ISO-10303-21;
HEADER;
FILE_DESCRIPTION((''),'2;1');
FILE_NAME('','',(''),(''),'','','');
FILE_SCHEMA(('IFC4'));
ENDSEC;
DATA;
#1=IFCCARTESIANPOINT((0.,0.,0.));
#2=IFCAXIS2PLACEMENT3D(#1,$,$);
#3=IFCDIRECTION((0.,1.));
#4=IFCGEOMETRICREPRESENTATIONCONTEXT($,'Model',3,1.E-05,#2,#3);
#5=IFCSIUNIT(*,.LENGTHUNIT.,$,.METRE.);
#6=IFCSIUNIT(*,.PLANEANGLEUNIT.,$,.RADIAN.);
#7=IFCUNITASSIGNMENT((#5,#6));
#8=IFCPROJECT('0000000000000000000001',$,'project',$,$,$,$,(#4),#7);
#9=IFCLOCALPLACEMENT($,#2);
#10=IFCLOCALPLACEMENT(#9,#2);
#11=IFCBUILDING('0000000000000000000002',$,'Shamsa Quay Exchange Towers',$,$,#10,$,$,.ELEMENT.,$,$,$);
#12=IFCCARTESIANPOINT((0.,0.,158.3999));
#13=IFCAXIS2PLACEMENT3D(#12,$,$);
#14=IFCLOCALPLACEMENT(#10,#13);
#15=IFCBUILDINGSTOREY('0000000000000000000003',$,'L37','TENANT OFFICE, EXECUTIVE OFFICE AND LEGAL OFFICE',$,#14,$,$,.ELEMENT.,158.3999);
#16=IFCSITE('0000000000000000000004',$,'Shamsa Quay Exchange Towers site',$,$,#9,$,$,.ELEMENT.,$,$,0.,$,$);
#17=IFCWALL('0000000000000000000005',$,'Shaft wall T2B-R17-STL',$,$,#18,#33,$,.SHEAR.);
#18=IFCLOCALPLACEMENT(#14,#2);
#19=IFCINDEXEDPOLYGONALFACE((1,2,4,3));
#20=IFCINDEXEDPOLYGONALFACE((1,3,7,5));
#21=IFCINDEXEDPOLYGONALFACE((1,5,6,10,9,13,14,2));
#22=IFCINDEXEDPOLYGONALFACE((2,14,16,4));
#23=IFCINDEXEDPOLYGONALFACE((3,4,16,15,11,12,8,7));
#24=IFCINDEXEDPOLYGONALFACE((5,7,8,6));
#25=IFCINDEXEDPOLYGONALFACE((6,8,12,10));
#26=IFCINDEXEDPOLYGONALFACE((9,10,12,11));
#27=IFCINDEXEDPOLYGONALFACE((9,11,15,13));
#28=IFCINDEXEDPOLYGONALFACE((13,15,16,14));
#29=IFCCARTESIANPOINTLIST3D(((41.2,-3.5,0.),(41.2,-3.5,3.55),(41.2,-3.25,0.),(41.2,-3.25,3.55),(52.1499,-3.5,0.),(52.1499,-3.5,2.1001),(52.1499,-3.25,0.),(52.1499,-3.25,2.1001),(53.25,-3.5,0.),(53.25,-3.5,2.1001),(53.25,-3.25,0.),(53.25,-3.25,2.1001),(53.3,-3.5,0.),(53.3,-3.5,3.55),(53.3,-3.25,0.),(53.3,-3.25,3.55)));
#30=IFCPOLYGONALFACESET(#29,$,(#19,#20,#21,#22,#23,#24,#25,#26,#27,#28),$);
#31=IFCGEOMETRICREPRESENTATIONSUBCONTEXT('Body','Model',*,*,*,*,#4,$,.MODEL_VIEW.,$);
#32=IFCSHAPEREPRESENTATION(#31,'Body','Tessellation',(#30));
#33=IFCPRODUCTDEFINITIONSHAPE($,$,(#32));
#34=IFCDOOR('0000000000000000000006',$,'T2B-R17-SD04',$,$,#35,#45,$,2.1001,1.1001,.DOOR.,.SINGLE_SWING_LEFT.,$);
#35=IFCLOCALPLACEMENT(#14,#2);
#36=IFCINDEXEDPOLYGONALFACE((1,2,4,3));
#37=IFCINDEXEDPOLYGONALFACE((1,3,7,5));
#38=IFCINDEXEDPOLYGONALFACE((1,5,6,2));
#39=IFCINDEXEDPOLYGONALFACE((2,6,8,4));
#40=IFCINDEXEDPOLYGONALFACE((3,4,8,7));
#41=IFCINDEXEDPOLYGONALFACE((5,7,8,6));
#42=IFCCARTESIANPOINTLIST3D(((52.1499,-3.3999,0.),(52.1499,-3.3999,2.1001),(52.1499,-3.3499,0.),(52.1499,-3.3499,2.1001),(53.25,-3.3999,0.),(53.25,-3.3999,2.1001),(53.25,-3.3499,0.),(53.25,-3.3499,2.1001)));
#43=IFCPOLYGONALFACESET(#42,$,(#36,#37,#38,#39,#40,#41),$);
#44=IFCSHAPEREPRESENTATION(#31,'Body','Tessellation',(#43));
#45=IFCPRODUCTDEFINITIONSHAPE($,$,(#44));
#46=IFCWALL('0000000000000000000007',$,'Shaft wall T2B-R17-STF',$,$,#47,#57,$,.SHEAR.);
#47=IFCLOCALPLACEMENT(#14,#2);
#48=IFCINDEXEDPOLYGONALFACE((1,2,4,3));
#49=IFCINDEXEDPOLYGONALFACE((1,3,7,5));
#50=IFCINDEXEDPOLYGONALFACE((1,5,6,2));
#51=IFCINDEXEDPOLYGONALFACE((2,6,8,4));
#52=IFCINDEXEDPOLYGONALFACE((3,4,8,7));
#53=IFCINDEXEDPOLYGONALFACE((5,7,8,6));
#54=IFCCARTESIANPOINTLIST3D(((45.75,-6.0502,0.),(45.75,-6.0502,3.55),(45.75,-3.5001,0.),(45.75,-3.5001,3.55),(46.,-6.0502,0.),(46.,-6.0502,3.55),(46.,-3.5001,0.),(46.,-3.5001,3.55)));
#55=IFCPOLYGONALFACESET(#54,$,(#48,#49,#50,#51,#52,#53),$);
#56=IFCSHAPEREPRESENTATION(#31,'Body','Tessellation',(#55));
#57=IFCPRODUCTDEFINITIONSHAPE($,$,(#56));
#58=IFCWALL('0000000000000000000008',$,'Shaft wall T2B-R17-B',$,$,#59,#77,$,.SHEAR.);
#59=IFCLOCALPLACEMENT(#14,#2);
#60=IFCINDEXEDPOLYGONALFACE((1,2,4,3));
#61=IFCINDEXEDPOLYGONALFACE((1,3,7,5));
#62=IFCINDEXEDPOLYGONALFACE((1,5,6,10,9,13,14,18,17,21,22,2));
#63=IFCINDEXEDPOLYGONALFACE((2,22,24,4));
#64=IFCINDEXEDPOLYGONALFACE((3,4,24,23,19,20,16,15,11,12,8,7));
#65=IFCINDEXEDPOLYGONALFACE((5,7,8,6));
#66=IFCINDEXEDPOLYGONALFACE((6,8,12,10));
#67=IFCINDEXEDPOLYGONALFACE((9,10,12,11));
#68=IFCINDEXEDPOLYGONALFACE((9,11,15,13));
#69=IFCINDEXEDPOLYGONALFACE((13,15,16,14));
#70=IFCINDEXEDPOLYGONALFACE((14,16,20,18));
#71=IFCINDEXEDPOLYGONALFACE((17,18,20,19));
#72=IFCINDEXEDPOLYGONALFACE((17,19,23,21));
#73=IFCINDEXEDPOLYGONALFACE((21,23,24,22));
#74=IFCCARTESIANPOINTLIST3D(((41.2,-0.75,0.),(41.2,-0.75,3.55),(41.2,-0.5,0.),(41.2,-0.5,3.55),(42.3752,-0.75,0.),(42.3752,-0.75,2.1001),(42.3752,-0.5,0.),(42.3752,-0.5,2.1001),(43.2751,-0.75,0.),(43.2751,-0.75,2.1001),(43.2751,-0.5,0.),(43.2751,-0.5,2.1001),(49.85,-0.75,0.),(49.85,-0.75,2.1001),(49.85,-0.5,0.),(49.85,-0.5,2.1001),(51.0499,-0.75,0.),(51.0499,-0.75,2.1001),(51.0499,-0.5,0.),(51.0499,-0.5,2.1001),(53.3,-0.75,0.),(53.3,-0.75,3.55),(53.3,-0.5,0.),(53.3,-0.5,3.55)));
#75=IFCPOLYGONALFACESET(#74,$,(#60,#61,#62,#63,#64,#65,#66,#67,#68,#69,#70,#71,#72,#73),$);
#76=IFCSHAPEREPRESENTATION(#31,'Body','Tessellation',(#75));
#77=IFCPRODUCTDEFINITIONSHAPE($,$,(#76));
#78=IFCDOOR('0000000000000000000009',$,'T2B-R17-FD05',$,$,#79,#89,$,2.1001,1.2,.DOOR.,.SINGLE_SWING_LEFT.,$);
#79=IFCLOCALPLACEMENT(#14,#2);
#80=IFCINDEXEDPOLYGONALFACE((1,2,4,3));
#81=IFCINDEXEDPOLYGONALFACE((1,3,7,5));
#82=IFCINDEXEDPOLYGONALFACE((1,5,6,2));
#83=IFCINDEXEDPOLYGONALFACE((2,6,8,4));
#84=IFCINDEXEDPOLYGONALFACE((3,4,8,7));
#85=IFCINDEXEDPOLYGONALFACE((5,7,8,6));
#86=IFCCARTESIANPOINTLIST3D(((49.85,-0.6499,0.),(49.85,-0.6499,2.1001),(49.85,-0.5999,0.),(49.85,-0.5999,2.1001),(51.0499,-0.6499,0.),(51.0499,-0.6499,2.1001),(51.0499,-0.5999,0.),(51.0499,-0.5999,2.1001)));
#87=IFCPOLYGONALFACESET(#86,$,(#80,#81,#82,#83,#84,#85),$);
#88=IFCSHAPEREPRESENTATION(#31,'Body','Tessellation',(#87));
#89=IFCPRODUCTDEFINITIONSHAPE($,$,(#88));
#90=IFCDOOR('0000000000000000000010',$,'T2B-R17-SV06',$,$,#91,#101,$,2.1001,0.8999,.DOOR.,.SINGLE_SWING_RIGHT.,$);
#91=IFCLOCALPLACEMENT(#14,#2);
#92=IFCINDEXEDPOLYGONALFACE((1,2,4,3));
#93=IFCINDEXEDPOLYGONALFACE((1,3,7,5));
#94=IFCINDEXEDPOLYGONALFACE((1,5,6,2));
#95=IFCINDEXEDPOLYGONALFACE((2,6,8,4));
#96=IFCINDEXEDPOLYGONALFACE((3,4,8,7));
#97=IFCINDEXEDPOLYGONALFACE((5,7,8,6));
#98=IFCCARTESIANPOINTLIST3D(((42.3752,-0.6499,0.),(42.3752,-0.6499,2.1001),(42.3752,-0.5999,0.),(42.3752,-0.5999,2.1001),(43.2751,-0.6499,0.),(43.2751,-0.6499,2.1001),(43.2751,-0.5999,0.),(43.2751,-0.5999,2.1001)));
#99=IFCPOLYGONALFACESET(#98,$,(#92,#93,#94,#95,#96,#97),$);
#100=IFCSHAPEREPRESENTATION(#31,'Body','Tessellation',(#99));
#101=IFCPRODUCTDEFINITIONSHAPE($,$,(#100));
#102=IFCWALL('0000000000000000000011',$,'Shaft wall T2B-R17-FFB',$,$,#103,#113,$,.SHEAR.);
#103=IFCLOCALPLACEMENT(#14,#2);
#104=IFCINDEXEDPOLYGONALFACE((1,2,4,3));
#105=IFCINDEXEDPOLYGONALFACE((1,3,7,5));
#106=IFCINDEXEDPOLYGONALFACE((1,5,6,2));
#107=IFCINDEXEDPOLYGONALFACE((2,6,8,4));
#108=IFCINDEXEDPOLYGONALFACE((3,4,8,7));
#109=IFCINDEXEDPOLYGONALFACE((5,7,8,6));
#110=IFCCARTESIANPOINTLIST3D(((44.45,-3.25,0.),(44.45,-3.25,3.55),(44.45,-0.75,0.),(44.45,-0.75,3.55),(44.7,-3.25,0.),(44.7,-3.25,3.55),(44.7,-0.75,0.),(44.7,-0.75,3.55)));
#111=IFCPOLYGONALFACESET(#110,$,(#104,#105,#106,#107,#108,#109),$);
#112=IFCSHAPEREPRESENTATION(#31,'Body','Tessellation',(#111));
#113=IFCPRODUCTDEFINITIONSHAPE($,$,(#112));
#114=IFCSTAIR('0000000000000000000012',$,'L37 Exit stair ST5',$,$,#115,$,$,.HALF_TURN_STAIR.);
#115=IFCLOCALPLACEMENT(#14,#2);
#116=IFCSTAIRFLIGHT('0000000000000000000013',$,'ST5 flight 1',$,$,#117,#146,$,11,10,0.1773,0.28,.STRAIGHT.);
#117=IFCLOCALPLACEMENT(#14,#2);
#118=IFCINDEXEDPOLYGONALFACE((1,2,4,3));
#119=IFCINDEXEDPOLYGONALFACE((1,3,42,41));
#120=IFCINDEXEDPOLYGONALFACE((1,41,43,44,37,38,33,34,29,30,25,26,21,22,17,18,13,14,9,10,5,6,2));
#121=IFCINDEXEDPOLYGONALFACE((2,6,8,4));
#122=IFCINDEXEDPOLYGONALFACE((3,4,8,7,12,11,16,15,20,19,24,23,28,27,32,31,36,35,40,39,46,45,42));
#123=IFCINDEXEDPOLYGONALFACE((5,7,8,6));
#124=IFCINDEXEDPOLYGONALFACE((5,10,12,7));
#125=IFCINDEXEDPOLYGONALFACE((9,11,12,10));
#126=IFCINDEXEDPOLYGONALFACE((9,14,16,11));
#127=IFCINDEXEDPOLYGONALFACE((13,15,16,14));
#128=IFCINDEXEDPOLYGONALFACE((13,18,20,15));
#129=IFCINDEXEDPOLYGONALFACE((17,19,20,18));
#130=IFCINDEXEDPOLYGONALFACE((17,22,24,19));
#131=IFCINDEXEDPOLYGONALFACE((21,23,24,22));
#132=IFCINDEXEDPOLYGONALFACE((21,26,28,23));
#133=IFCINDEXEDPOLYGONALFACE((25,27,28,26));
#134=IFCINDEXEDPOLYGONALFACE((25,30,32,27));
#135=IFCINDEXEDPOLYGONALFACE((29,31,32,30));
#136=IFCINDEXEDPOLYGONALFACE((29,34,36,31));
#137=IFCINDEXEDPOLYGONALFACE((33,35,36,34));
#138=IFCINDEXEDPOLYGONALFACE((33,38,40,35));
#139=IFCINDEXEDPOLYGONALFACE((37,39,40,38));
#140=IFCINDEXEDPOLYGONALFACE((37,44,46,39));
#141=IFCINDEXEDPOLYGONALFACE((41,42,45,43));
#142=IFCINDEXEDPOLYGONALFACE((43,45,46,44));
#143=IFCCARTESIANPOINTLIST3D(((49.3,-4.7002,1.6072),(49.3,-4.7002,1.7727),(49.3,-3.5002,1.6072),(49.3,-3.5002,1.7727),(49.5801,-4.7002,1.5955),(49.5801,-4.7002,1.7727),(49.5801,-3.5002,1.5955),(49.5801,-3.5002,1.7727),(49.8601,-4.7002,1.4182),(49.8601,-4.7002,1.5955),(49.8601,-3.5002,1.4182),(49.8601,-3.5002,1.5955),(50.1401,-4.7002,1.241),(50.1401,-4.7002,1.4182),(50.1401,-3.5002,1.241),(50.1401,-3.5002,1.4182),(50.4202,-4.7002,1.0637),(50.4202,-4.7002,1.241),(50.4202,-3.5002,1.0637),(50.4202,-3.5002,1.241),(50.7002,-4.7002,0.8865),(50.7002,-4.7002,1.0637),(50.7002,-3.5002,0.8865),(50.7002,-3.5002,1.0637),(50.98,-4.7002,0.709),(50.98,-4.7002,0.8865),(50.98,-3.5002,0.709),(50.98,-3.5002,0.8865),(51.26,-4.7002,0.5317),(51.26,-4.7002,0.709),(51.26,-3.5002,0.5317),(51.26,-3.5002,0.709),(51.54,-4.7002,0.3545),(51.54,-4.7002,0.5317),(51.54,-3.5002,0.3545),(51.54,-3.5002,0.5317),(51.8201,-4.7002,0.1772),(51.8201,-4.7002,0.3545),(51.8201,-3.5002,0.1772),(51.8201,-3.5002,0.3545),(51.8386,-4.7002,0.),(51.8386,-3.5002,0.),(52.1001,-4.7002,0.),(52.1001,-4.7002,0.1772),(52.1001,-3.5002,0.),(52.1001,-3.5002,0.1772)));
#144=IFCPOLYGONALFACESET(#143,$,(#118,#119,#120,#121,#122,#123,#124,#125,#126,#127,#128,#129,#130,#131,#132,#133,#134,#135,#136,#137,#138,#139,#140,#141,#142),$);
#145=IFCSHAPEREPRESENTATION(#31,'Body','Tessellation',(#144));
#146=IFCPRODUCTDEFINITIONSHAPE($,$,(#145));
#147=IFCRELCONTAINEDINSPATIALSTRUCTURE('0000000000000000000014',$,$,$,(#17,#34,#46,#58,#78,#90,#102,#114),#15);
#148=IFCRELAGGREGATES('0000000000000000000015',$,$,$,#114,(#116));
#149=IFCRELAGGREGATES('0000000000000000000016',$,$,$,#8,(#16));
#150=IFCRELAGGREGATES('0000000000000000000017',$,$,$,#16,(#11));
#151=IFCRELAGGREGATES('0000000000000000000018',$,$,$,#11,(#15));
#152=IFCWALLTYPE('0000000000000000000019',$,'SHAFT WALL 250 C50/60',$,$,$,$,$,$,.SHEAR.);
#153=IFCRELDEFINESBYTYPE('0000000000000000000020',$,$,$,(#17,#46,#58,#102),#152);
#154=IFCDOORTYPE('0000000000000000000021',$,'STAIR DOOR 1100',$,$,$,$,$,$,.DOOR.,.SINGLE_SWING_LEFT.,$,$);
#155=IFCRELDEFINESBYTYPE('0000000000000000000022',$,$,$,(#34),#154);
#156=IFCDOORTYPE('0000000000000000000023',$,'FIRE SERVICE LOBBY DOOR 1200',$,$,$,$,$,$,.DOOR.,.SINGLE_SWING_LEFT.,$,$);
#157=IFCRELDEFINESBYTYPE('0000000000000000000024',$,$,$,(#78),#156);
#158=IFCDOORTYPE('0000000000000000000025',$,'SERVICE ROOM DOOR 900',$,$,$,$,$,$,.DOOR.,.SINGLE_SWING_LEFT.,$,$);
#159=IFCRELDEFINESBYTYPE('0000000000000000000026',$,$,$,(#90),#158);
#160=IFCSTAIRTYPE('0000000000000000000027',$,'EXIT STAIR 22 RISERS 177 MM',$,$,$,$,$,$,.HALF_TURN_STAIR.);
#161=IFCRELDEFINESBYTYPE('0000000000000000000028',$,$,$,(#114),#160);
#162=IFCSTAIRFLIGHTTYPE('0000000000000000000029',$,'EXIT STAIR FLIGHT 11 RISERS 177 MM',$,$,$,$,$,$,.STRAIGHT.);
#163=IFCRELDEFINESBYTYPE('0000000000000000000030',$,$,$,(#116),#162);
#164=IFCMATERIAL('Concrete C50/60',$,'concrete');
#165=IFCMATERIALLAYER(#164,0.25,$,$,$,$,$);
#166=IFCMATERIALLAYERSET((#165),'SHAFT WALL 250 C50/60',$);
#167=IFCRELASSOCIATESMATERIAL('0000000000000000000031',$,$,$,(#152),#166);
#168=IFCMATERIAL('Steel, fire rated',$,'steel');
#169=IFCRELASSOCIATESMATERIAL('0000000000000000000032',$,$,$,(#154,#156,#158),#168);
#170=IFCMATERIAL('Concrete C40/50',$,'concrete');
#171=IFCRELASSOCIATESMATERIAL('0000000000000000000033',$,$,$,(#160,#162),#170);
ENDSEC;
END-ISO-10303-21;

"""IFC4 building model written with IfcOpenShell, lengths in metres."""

from ifc_helpers import new_model, si_unit, direction, frame, frame_2d, origin, place, context, subcontext, project, spatial, polyline, rectangle, outline, extrude, material, layer, layer_set, type_object, element, fill, aggregate, save


model = new_model("IFC4")

# Units and contexts
model_context = context("Model", 3, precision=1e-05, world=origin(), true_north=direction((0.0, 1.0)))
body_context = subcontext(model_context, "Body", "Model", "MODEL_VIEW")
ifc_project = project(units=[si_unit("LENGTHUNIT", "METRE"), si_unit("PLANEANGLEUNIT", "RADIAN")], contexts=[model_context])

# Site, building, storey
site_placement = place(None, origin())
site = spatial("IfcSite", under=ifc_project, at=site_placement, Name="Shamsa Quay Exchange Towers site", CompositionType="ELEMENT", RefElevation=0.0)
building_placement = place(site_placement, origin())
building = spatial("IfcBuilding", under=site, at=building_placement, Name="Shamsa Quay Exchange Towers", CompositionType="ELEMENT")
storey_placement = place(building_placement, frame((0.0, 0.0, 158.3999)))
storey = spatial("IfcBuildingStorey", under=building, at=storey_placement, Name="L37", Description="TENANT OFFICE, EXECUTIVE OFFICE AND LEGAL OFFICE", CompositionType="ELEMENT", Elevation=158.3999)

# Wall, opening, door
ifc_material_1 = material(Name="Steel, fire rated", Category="steel")
ifc_material_2 = material(Name="Concrete C50/60", Category="concrete")
ifc_layer_1 = layer(ifc_material_2, 0.25)
ifc_layer_set_1 = layer_set([ifc_layer_1], Name="SHAFT WALL 250 C50/60")
wall_type_1 = type_object("IfcWallType", Name="SHAFT WALL 250 C50/60", PredefinedType="SHEAR", material=ifc_layer_set_1)
wall_1_placement = place(storey_placement, frame((53.3, -3.375, 0.0), z_axis=(0.0, 0.0, 1.0), x_axis=(-1.0, 0.0, 0.0)))
wall_1 = element("IfcWall", 1, at=wall_1_placement, inside=storey, type_object=wall_type_1, Name="Shaft wall T2B-R17-STL", PredefinedType="SHEAR", context=body_context, shape_type="SweptSolid", body=[
    extrude(rectangle(XDim=12.1001, YDim=0.25, at=frame_2d((6.05, 0.0))), origin(), (0.0, 0.0, 1.0), 3.55),
])
opening_1_placement = place(wall_1_placement, frame((0.05, 0.0, 0.0)))
opening_1 = element("IfcOpeningElement", 2, at=opening_1_placement, cuts=wall_1, PredefinedType="OPENING", context=body_context, shape_type="SweptSolid", body=[
    extrude(rectangle(XDim=1.1001, YDim=2.1001, at=frame_2d((0.55, 1.05))), frame((0.0, 0.135, 0.0), z_axis=(0.0, -1.0, 0.0), x_axis=(1.0, 0.0, 0.0)), (0.0, 0.0, 1.0), 0.27),
])
door_type_1 = type_object("IfcDoorType", Name="STAIR DOOR 1100", OperationType="SINGLE_SWING_LEFT", PredefinedType="DOOR", material=ifc_material_1)
door_1_placement = place(opening_1_placement, origin())
door_1 = element("IfcDoor", 3, at=door_1_placement, inside=storey, type_object=door_type_1, Name="T2B-R17-SD04", OperationType="SINGLE_SWING_LEFT", OverallHeight=2.1001, OverallWidth=1.1001, PredefinedType="DOOR", context=body_context, shape_type="SweptSolid", body=[
    extrude(rectangle(XDim=1.1001, YDim=2.1001, at=frame_2d((0.55, 1.05))), frame((0.0, 0.0249, 0.0), z_axis=(0.0, -1.0, 0.0), x_axis=(1.0, 0.0, 0.0)), (0.0, 0.0, 1.0), 0.05),
])
fill(opening_1, door_1)

# Wall
wall_2_placement = place(storey_placement, frame((45.875, -6.05, 0.0), z_axis=(0.0, 0.0, 1.0), x_axis=(0.0, 1.0, 0.0)))
element("IfcWall", 4, at=wall_2_placement, inside=storey, type_object=wall_type_1, Name="Shaft wall T2B-R17-STF", PredefinedType="SHEAR", context=body_context, shape_type="SweptSolid", body=[
    extrude(rectangle(XDim=2.55, YDim=0.25, at=frame_2d((1.2749, 0.0))), origin(), (0.0, 0.0, 1.0), 3.55),
])

# Wall, openings, doors
wall_3_placement = place(storey_placement, frame((53.3, -0.625, 0.0), z_axis=(0.0, 0.0, 1.0), x_axis=(-1.0, 0.0, 0.0)))
wall_3 = element("IfcWall", 5, at=wall_3_placement, inside=storey, type_object=wall_type_1, Name="Shaft wall T2B-R17-B", PredefinedType="SHEAR", context=body_context, shape_type="SweptSolid", body=[
    extrude(rectangle(XDim=12.1001, YDim=0.25, at=frame_2d((6.05, 0.0))), origin(), (0.0, 0.0, 1.0), 3.55),
])
opening_2_placement = place(wall_3_placement, frame((2.25, 0.0, 0.0)))
opening_2 = element("IfcOpeningElement", 6, at=opening_2_placement, cuts=wall_3, PredefinedType="OPENING", context=body_context, shape_type="SweptSolid", body=[
    extrude(rectangle(XDim=1.2, YDim=2.1001, at=frame_2d((0.6001, 1.05))), frame((0.0, 0.135, 0.0), z_axis=(0.0, -1.0, 0.0), x_axis=(1.0, 0.0, 0.0)), (0.0, 0.0, 1.0), 0.27),
])
opening_3_placement = place(wall_3_placement, frame((10.0249, 0.0, 0.0)))
opening_3 = element("IfcOpeningElement", 7, at=opening_3_placement, cuts=wall_3, PredefinedType="OPENING", context=body_context, shape_type="SweptSolid", body=[
    extrude(rectangle(XDim=0.8999, YDim=2.1001, at=frame_2d((0.45, 1.05))), frame((0.0, 0.135, 0.0), z_axis=(0.0, -1.0, 0.0), x_axis=(1.0, 0.0, 0.0)), (0.0, 0.0, 1.0), 0.27),
])
door_type_2 = type_object("IfcDoorType", Name="FIRE SERVICE LOBBY DOOR 1200", OperationType="SINGLE_SWING_LEFT", PredefinedType="DOOR", material=ifc_material_1)
door_2_placement = place(opening_2_placement, origin())
door_2 = element("IfcDoor", 8, at=door_2_placement, inside=storey, type_object=door_type_2, Name="T2B-R17-FD05", OperationType="SINGLE_SWING_LEFT", OverallHeight=2.1001, OverallWidth=1.2, PredefinedType="DOOR", context=body_context, shape_type="SweptSolid", body=[
    extrude(rectangle(XDim=1.2, YDim=2.1001, at=frame_2d((0.6001, 1.05))), frame((0.0, 0.0249, 0.0), z_axis=(0.0, -1.0, 0.0), x_axis=(1.0, 0.0, 0.0)), (0.0, 0.0, 1.0), 0.05),
])
fill(opening_2, door_2)
door_type_3 = type_object("IfcDoorType", Name="SERVICE ROOM DOOR 900", OperationType="SINGLE_SWING_LEFT", PredefinedType="DOOR", material=ifc_material_1)
door_3_placement = place(opening_3_placement, origin())
door_3 = element("IfcDoor", 9, at=door_3_placement, inside=storey, type_object=door_type_3, Name="T2B-R17-SV06", OperationType="SINGLE_SWING_RIGHT", OverallHeight=2.1001, OverallWidth=0.8999, PredefinedType="DOOR", context=body_context, shape_type="SweptSolid", body=[
    extrude(rectangle(XDim=0.8999, YDim=2.1001, at=frame_2d((0.45, 1.05))), frame((0.0, 0.0249, 0.0), z_axis=(0.0, -1.0, 0.0), x_axis=(1.0, 0.0, 0.0)), (0.0, 0.0, 1.0), 0.05),
])
fill(opening_3, door_3)

# Wall
wall_4_placement = place(storey_placement, frame((44.575, -3.25, 0.0), z_axis=(0.0, 0.0, 1.0), x_axis=(0.0, 1.0, 0.0)))
element("IfcWall", 10, at=wall_4_placement, inside=storey, type_object=wall_type_1, Name="Shaft wall T2B-R17-FFB", PredefinedType="SHEAR", context=body_context, shape_type="SweptSolid", body=[
    extrude(rectangle(XDim=2.5, YDim=0.25, at=frame_2d((1.25, 0.0))), origin(), (0.0, 0.0, 1.0), 3.55),
])

# Stair, stair flight
ifc_material_3 = material(Name="Concrete C40/50", Category="concrete")
stair_type = type_object("IfcStairType", Name="EXIT STAIR 22 RISERS 177 MM", PredefinedType="HALF_TURN_STAIR", material=ifc_material_3)
stair_placement = place(storey_placement, origin())
stair = element("IfcStair", 11, at=stair_placement, inside=storey, type_object=stair_type, Name="L37 Exit stair ST5", PredefinedType="HALF_TURN_STAIR")
stair_flight_type = type_object("IfcStairFlightType", Name="EXIT STAIR FLIGHT 11 RISERS 177 MM", PredefinedType="STRAIGHT", material=ifc_material_3)
stair_flight_1_placement = place(storey_placement, frame((52.1001, -4.1001, 0.0), z_axis=(0.0, 0.0, 1.0), x_axis=(-1.0, 0.0, 0.0)))
stair_flight_1 = element("IfcStairFlight", 12, at=stair_flight_1_placement, type_object=stair_flight_type, Name="ST5 flight 1", NumberOfRisers=11, NumberOfTreads=10, PredefinedType="STRAIGHT", RiserHeight=0.1773, TreadLength=0.28, context=body_context, shape_type="SweptSolid", body=[
    extrude(outline(polyline([(0.0, 0.0), (0.0, 0.1772), (0.28, 0.1772), (0.28, 0.3545), (0.5601, 0.3545), (0.5601, 0.5317), (0.8401, 0.5317), (0.8401, 0.709), (1.1201, 0.709), (1.1201, 0.8865), (1.3999, 0.8865), (1.3999, 1.0637), (1.6799, 1.0637), (1.6799, 1.241), (1.96, 1.241), (1.96, 1.4182), (2.24, 1.4182), (2.24, 1.5955), (2.52, 1.5955), (2.52, 1.7727), (2.8, 1.7727), (2.8, 1.95), (2.8, 1.6072), (0.2615, 0.0), (0.0, 0.0)])), frame((0.0, 0.6001, 0.0), z_axis=(0.0, -1.0, 0.0), x_axis=(1.0, 0.0, 0.0)), (0.0, 0.0, 1.0), 1.2),
])
aggregate(stair, [stair_flight_1])

save(model, "model.ifc")
